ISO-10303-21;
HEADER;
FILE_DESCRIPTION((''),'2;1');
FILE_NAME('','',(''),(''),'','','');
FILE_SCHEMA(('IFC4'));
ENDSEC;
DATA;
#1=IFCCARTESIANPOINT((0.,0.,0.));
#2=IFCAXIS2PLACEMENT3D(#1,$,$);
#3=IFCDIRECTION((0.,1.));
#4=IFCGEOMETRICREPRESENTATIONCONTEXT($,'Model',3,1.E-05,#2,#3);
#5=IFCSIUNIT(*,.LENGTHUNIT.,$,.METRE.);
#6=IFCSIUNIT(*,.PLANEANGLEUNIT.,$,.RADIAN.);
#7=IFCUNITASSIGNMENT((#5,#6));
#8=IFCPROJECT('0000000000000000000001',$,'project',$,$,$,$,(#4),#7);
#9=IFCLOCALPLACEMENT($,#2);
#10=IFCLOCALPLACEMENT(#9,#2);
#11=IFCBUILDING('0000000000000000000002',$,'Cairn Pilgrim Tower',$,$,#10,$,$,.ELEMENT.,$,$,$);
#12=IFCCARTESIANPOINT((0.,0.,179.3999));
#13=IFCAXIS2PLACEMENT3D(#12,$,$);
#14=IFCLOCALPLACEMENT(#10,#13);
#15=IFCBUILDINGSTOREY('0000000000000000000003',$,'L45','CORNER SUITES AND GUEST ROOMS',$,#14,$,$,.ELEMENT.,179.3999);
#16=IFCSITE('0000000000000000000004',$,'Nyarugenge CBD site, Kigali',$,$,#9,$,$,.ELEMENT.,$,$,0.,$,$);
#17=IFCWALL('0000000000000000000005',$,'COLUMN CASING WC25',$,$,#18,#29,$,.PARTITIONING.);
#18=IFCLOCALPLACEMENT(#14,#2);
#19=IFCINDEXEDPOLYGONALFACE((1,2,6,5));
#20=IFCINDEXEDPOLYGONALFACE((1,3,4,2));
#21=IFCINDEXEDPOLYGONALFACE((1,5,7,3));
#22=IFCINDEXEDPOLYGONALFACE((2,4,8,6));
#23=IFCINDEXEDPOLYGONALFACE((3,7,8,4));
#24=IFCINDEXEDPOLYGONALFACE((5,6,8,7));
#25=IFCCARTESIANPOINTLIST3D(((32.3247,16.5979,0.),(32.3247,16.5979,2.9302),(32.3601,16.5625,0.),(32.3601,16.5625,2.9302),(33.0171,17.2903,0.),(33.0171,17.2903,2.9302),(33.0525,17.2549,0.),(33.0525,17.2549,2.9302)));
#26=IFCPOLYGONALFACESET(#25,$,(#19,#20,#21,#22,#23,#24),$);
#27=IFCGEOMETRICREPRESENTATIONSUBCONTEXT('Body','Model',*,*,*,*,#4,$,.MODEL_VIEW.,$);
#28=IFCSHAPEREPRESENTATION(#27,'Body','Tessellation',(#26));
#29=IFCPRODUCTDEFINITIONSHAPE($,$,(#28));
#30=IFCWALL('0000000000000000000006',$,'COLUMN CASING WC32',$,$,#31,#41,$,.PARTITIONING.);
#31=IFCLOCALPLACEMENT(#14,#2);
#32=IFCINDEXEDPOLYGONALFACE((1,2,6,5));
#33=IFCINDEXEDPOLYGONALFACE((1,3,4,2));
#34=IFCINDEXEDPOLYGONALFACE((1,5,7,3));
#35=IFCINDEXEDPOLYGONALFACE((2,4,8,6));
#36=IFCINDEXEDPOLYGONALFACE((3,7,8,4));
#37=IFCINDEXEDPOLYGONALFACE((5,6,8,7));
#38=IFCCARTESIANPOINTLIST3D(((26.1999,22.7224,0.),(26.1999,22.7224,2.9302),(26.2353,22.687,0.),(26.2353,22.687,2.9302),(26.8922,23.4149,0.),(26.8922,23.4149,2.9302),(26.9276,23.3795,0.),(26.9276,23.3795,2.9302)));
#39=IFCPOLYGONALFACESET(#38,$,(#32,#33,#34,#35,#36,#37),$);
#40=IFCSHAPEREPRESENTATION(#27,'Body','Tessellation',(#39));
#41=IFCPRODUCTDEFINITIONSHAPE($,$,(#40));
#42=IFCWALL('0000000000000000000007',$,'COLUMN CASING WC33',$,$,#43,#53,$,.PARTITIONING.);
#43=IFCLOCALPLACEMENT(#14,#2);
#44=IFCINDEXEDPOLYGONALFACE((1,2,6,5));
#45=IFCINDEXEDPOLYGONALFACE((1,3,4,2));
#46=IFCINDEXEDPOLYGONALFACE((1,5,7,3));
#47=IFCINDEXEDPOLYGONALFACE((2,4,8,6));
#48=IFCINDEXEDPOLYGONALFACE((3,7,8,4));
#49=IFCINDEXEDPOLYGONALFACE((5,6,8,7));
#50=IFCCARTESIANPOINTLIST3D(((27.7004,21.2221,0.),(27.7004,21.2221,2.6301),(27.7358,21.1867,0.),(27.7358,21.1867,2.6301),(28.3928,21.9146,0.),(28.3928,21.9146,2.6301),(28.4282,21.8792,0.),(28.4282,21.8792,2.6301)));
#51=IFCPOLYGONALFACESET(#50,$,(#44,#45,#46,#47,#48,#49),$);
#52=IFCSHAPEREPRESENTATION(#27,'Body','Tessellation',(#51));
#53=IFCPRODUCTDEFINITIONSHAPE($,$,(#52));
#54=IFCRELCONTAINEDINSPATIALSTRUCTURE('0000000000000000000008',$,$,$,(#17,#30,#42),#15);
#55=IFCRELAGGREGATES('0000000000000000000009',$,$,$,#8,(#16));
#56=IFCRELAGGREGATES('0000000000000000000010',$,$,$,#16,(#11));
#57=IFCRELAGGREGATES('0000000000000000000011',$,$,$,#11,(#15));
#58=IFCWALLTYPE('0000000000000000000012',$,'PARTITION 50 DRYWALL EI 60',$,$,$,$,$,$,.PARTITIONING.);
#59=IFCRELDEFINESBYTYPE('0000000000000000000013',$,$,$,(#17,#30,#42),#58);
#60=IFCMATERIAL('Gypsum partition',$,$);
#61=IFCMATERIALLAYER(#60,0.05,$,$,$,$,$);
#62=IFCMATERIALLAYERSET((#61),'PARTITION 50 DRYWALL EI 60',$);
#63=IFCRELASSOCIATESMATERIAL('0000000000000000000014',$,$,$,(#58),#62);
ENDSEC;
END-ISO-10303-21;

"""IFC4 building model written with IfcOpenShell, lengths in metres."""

from ifc_helpers import new_model, si_unit, direction, frame, frame_2d, origin, place, context, subcontext, project, spatial, rectangle, extrude, material, layer, layer_set, type_object, element, save


model = new_model("IFC4")

# Units and contexts
model_context = context("Model", 3, precision=1e-05, world=origin(), true_north=direction((0.0, 1.0)))
body_context = subcontext(model_context, "Body", "Model", "MODEL_VIEW")
ifc_project = project(units=[si_unit("LENGTHUNIT", "METRE"), si_unit("PLANEANGLEUNIT", "RADIAN")], contexts=[model_context])

# Site, building, storey
site_placement = place(None, origin())
site = spatial("IfcSite", under=ifc_project, at=site_placement, Name="Nyarugenge CBD site, Kigali", CompositionType="ELEMENT", RefElevation=0.0)
building_placement = place(site_placement, origin())
building = spatial("IfcBuilding", under=site, at=building_placement, Name="Cairn Pilgrim Tower", CompositionType="ELEMENT")
storey_placement = place(building_placement, frame((0.0, 0.0, 179.3999)))
storey = spatial("IfcBuildingStorey", under=building, at=storey_placement, Name="L45", Description="CORNER SUITES AND GUEST ROOMS", CompositionType="ELEMENT", Elevation=179.3999)

# Walls
ifc_material_1 = material(Name="Gypsum partition")
ifc_layer_1 = layer(ifc_material_1, 0.05)
ifc_layer_set_1 = layer_set([ifc_layer_1], Name="PARTITION 50 DRYWALL EI 60")
wall_type_1 = type_object("IfcWallType", Name="PARTITION 50 DRYWALL EI 60", PredefinedType="PARTITIONING", material=ifc_layer_set_1)
for number, where, z_axis, x_axis, name in (
    (1, (32.3423, 16.5801, 0.0), (0.0, 0.0, 1.0), (0.707107, 0.707107, 0.0), "COLUMN CASING WC25"),
    (2, (26.2175, 22.7046, 0.0), (0.0, 0.0, 1.0), (0.706982, 0.707231, 0.0), "COLUMN CASING WC32"),
):
    element("IfcWall", number, at=place(storey_placement, frame(where, z_axis=z_axis, x_axis=x_axis)), inside=storey, type_object=wall_type_1, Name=name, PredefinedType="PARTITIONING", context=body_context, shape_type="SweptSolid", body=[
        extrude(rectangle(XDim=0.9792, YDim=0.05, at=frame_2d((0.4897, 0.0))), origin(), (0.0, 0.0, 1.0), 2.9302),
    ])
wall_1_placement = place(storey_placement, frame((27.718, 21.2043, 0.0), z_axis=(0.0, 0.0, 1.0), x_axis=(0.707107, 0.707107, 0.0)))
element("IfcWall", 3, at=wall_1_placement, inside=storey, type_object=wall_type_1, Name="COLUMN CASING WC33", PredefinedType="PARTITIONING", context=body_context, shape_type="SweptSolid", body=[
    extrude(rectangle(XDim=0.9792, YDim=0.05, at=frame_2d((0.4897, 0.0))), origin(), (0.0, 0.0, 1.0), 2.6301),
])

save(model, "model.ifc")
